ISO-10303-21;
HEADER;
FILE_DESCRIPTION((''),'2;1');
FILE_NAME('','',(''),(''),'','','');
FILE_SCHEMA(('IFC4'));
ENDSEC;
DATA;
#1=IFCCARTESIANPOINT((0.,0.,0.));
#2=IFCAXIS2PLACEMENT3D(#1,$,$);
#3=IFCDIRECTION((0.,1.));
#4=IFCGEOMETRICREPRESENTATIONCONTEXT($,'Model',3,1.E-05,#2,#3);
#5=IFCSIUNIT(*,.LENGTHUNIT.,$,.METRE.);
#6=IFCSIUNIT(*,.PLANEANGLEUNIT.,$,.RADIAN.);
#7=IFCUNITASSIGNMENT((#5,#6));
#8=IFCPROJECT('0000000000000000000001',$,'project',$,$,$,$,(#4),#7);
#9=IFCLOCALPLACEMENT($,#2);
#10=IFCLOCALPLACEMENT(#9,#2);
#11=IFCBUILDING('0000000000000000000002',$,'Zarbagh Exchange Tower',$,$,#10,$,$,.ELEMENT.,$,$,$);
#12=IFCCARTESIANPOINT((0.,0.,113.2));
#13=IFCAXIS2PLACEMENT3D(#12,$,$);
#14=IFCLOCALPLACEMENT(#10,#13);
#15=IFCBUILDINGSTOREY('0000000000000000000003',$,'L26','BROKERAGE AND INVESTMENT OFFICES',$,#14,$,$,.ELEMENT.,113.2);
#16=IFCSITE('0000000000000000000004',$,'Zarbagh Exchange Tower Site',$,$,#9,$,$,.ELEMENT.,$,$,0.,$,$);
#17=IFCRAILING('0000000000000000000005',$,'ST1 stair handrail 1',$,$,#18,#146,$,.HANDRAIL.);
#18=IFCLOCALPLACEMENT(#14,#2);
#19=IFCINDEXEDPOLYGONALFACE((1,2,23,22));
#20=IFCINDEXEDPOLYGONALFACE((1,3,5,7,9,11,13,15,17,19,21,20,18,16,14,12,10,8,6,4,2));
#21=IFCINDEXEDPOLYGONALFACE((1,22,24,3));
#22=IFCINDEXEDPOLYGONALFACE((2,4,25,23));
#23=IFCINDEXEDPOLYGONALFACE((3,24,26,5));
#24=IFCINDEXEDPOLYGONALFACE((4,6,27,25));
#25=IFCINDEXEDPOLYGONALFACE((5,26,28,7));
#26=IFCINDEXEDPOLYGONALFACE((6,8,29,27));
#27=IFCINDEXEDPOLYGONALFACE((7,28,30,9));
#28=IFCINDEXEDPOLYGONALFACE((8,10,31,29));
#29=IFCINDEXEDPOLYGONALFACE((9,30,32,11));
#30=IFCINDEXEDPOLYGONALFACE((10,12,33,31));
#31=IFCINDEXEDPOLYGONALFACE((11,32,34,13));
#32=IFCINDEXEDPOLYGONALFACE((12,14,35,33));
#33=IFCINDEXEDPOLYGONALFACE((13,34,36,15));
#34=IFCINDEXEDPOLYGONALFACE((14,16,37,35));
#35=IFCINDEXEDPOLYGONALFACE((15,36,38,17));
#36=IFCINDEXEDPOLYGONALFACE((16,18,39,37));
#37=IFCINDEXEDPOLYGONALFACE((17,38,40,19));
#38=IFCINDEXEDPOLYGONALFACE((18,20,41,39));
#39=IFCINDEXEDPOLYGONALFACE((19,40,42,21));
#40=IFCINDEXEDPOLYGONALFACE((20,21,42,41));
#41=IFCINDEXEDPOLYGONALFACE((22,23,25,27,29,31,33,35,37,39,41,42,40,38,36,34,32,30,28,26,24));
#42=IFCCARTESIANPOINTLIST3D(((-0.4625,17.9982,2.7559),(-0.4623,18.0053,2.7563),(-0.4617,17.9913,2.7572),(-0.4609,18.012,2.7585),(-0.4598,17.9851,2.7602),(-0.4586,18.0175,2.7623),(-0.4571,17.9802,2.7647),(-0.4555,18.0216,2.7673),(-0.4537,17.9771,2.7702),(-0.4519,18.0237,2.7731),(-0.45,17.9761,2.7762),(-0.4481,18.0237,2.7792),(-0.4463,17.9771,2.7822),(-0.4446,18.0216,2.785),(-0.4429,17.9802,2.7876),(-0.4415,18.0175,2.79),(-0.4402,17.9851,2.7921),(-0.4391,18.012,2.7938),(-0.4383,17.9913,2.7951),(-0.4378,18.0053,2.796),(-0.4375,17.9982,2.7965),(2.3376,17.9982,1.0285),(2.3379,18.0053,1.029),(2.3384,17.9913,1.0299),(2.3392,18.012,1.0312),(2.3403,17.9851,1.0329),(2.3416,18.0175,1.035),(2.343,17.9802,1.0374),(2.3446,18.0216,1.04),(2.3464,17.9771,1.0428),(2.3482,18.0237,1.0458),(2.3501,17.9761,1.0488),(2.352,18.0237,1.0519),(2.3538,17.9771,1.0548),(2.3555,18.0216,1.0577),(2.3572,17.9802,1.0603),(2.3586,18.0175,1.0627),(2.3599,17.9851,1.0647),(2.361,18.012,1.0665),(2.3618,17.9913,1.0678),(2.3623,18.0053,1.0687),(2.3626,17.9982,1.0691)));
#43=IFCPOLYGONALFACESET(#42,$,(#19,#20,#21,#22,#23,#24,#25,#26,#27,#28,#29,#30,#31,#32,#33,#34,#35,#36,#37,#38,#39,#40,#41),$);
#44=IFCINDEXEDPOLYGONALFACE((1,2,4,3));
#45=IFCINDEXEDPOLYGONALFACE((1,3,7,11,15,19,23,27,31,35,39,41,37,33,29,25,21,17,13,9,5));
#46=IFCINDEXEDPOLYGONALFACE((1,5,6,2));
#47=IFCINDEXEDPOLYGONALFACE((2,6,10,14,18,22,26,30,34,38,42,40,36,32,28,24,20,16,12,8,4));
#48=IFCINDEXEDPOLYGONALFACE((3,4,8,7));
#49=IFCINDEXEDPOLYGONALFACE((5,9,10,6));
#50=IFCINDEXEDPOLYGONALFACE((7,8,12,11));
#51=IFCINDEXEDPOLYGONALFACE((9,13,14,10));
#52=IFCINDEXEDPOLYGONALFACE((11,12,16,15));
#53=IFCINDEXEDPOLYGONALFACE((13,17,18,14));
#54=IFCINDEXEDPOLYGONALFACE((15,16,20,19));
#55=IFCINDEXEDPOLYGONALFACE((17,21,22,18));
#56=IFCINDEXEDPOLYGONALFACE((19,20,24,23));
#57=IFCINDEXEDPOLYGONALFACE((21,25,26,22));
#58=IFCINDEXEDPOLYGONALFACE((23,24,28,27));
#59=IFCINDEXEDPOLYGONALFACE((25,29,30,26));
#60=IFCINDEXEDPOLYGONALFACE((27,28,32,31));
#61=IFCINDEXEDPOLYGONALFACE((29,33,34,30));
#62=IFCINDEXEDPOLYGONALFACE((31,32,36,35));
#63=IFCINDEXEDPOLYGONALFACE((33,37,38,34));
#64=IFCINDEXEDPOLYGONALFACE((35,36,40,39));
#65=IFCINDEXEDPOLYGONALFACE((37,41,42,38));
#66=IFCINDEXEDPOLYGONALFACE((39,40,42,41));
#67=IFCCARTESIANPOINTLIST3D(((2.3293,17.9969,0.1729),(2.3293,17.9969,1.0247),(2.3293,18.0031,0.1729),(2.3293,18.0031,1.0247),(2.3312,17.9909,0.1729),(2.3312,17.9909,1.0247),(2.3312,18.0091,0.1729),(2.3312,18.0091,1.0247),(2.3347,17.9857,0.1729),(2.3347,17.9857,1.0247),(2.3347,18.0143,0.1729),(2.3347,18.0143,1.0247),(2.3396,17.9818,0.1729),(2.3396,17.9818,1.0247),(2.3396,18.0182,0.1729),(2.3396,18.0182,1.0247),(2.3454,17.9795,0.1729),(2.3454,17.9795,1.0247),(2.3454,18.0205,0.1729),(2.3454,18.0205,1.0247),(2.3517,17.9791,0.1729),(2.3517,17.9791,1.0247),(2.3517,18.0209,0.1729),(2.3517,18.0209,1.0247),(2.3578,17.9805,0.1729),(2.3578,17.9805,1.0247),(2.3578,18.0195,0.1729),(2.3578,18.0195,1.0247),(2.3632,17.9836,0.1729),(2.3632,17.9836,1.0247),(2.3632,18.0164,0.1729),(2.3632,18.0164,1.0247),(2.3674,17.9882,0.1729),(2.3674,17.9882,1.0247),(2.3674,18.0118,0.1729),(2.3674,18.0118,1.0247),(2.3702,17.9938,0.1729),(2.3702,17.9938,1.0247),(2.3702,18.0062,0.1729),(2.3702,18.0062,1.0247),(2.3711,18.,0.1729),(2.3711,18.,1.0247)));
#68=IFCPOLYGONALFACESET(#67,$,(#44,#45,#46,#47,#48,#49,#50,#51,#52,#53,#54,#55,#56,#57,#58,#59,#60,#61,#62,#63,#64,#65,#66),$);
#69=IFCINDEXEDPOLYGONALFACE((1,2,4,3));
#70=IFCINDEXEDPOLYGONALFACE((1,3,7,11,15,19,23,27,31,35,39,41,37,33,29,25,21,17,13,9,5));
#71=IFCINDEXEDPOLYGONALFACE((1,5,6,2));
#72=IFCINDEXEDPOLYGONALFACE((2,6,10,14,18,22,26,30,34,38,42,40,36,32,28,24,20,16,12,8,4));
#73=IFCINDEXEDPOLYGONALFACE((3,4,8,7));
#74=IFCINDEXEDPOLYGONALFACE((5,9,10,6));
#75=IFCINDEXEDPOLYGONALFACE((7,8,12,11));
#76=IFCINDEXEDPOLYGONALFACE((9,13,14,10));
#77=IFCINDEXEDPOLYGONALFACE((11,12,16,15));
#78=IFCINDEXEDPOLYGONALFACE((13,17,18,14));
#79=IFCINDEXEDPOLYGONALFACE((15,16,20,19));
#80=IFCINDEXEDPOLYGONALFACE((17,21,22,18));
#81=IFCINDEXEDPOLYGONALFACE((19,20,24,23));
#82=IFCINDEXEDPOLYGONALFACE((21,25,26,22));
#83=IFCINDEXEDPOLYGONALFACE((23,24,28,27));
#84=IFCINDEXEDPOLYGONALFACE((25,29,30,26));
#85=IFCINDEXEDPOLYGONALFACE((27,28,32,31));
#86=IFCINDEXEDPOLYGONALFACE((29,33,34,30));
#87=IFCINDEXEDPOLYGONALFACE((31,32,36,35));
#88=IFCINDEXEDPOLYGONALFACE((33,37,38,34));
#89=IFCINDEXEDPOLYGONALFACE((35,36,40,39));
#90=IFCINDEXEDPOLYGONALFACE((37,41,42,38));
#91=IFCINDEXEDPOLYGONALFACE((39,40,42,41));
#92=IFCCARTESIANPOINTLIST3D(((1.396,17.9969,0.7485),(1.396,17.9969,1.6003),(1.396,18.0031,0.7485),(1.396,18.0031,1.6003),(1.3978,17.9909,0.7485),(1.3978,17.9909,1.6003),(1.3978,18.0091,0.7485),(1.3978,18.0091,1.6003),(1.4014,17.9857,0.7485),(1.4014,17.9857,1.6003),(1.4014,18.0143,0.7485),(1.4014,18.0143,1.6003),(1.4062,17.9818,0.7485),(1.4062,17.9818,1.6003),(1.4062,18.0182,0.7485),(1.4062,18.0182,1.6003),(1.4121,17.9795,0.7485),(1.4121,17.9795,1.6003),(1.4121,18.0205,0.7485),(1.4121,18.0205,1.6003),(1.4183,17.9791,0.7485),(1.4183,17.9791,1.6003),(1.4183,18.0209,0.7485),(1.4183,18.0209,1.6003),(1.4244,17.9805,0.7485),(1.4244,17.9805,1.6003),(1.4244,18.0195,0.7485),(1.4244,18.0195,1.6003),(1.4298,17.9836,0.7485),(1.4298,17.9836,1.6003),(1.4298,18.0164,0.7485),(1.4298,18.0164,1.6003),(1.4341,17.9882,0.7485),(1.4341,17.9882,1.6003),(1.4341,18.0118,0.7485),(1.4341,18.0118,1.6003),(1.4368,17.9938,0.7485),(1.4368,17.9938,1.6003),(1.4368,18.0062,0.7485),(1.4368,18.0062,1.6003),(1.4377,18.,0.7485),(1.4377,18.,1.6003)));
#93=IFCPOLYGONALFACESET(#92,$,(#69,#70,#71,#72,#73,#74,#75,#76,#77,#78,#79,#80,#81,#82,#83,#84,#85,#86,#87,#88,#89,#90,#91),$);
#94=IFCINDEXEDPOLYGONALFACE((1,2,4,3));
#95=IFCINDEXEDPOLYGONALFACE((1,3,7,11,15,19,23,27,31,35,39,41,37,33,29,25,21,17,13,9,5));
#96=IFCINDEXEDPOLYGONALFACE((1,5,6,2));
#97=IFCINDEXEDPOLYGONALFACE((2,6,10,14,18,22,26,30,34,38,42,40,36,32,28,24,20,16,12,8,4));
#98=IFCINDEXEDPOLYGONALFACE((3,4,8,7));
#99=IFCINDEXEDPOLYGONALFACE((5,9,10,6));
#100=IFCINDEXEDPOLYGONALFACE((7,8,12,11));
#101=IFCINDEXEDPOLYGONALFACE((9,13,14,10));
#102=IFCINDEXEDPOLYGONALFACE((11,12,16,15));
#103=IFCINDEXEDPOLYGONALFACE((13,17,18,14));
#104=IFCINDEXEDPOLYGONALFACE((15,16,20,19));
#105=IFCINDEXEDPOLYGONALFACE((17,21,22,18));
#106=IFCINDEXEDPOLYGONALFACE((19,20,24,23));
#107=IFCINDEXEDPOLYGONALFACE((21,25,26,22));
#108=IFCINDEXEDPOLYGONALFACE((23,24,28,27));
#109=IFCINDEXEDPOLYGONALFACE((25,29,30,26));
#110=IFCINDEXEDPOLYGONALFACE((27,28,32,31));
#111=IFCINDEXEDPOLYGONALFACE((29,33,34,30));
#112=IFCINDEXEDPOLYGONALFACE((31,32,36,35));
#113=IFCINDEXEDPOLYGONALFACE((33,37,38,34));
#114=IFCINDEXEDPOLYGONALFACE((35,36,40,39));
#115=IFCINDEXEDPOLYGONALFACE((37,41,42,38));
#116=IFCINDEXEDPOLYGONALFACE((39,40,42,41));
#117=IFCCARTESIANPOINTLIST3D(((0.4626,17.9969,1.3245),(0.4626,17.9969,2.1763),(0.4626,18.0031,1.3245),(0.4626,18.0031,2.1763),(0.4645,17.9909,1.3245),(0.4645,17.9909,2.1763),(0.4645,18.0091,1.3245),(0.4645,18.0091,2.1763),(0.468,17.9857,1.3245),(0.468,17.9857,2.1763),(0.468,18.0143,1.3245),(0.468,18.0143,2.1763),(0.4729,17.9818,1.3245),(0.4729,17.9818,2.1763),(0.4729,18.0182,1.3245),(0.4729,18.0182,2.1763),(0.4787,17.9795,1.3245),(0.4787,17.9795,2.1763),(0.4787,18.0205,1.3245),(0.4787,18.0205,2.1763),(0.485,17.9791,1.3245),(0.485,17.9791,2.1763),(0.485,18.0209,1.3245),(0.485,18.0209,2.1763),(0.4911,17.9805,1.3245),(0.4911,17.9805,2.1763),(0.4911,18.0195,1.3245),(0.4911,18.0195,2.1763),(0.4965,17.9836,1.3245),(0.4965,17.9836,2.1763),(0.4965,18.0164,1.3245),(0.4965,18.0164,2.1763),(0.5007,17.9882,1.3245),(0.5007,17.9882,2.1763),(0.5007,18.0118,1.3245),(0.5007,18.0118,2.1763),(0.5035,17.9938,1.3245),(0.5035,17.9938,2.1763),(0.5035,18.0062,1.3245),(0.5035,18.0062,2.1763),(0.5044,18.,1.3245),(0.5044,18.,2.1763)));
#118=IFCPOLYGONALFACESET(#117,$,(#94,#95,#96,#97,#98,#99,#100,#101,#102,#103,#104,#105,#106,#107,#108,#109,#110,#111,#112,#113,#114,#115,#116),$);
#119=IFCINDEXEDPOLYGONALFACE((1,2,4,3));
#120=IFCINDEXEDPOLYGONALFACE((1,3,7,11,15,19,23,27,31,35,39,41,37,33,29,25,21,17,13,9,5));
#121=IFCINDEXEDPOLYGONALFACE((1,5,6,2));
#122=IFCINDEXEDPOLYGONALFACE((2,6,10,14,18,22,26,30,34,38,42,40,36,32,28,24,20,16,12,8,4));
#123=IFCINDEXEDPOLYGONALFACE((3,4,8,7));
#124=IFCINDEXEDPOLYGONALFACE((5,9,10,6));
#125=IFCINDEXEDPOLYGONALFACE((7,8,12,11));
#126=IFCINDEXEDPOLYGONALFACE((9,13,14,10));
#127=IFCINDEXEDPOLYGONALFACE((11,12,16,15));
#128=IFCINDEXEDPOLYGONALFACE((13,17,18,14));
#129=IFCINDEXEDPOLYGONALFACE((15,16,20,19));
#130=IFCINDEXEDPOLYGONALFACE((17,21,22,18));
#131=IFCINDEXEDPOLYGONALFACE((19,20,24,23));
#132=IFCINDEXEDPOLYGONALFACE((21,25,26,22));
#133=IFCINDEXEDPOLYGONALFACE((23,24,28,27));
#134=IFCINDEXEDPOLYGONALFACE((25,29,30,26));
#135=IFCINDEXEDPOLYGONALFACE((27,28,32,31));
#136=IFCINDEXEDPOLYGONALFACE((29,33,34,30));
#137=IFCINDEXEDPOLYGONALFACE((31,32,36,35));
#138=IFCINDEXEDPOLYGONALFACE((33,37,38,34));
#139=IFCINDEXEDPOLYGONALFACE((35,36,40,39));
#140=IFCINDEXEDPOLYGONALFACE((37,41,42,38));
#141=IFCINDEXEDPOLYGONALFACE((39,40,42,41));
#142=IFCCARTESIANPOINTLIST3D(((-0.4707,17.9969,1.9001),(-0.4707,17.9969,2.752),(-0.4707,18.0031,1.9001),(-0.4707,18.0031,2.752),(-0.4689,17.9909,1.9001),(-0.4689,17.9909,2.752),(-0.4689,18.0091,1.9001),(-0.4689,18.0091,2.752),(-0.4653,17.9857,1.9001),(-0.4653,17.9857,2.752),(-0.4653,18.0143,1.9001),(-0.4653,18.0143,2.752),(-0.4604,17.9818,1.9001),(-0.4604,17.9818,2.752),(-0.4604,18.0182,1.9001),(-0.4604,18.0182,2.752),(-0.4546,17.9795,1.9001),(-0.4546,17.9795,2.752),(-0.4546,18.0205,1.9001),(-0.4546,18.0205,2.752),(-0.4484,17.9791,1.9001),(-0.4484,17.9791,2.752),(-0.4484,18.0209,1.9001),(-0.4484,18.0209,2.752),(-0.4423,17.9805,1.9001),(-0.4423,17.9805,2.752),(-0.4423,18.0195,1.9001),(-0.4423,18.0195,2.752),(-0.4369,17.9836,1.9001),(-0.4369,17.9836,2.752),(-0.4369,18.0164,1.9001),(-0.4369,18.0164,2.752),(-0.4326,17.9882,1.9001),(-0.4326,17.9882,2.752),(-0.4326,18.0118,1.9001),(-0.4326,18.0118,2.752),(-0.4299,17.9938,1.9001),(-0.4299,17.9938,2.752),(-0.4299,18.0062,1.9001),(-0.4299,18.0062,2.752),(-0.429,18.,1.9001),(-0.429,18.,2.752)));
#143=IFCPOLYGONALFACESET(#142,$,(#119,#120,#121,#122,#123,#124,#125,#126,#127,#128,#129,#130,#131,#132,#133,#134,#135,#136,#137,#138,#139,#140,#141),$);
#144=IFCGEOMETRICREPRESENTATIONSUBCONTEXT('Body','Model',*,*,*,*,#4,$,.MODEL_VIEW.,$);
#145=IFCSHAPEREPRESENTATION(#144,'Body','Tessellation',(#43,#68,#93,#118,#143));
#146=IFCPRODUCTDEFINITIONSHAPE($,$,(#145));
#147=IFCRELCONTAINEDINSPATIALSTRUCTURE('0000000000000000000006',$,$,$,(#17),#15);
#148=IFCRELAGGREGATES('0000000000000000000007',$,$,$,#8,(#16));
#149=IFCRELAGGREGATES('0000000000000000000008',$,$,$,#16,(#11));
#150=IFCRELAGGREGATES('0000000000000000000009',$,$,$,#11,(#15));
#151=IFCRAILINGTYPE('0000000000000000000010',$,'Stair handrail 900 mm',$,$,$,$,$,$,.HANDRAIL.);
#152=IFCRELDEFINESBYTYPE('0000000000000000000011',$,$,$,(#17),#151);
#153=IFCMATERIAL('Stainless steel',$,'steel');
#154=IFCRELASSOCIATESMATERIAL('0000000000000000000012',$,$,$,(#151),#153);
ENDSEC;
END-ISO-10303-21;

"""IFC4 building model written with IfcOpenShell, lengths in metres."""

from ifc_helpers import new_model, si_unit, direction, frame, origin, origin_2d, place, context, subcontext, project, spatial, circle, extrude, material, type_object, element, save


model = new_model("IFC4")

# Units and contexts
model_context = context("Model", 3, precision=1e-05, world=origin(), true_north=direction((0.0, 1.0)))
body_context = subcontext(model_context, "Body", "Model", "MODEL_VIEW")
ifc_project = project(units=[si_unit("LENGTHUNIT", "METRE"), si_unit("PLANEANGLEUNIT", "RADIAN")], contexts=[model_context])

# Site, building, storey
site_placement = place(None, origin())
site = spatial("IfcSite", under=ifc_project, at=site_placement, Name="Zarbagh Exchange Tower Site", CompositionType="ELEMENT", RefElevation=0.0)
building_placement = place(site_placement, origin())
building = spatial("IfcBuilding", under=site, at=building_placement, Name="Zarbagh Exchange Tower", CompositionType="ELEMENT")
storey_placement = place(building_placement, frame((0.0, 0.0, 113.2)))
storey = spatial("IfcBuildingStorey", under=building, at=storey_placement, Name="L26", Description="BROKERAGE AND INVESTMENT OFFICES", CompositionType="ELEMENT", Elevation=113.2)

# Shared definitions
ifc_material_1 = material(Name="Stainless steel", Category="steel")

# Railing
railing_type = type_object("IfcRailingType", Name="Stair handrail 900 mm", PredefinedType="HANDRAIL", material=ifc_material_1)
for number, where, name in (
    (1, (2.3501, 18.0, 0.1729), "ST1 stair handrail 1"),
):
    element("IfcRailing", number, at=place(storey_placement, frame(where)), inside=storey, type_object=railing_type, Name=name, PredefinedType="HANDRAIL", context=body_context, shape_type="SweptSolid", body=[
        extrude(circle(Radius=0.0239, at=origin_2d()), frame((0.0, 0.0, 0.876), z_axis=(-0.85109, 0.0, 0.52502), x_axis=(0.0, -1.0, 0.0)), (0.0, 0.0, 1.0), 3.29),
        extrude(circle(Radius=0.021, at=origin_2d()), origin(), (0.0, 0.0, 1.0), 0.8518),
        extrude(circle(Radius=0.021, at=origin_2d()), frame((-0.9333, 0.0, 0.5757)), (0.0, 0.0, 1.0), 0.8518),
        extrude(circle(Radius=0.021, at=origin_2d()), frame((-1.8667, 0.0, 1.1516)), (0.0, 0.0, 1.0), 0.8518),
        extrude(circle(Radius=0.021, at=origin_2d()), frame((-2.8, 0.0, 1.7273)), (0.0, 0.0, 1.0), 0.8518),
    ])

save(model, "model.ifc")
